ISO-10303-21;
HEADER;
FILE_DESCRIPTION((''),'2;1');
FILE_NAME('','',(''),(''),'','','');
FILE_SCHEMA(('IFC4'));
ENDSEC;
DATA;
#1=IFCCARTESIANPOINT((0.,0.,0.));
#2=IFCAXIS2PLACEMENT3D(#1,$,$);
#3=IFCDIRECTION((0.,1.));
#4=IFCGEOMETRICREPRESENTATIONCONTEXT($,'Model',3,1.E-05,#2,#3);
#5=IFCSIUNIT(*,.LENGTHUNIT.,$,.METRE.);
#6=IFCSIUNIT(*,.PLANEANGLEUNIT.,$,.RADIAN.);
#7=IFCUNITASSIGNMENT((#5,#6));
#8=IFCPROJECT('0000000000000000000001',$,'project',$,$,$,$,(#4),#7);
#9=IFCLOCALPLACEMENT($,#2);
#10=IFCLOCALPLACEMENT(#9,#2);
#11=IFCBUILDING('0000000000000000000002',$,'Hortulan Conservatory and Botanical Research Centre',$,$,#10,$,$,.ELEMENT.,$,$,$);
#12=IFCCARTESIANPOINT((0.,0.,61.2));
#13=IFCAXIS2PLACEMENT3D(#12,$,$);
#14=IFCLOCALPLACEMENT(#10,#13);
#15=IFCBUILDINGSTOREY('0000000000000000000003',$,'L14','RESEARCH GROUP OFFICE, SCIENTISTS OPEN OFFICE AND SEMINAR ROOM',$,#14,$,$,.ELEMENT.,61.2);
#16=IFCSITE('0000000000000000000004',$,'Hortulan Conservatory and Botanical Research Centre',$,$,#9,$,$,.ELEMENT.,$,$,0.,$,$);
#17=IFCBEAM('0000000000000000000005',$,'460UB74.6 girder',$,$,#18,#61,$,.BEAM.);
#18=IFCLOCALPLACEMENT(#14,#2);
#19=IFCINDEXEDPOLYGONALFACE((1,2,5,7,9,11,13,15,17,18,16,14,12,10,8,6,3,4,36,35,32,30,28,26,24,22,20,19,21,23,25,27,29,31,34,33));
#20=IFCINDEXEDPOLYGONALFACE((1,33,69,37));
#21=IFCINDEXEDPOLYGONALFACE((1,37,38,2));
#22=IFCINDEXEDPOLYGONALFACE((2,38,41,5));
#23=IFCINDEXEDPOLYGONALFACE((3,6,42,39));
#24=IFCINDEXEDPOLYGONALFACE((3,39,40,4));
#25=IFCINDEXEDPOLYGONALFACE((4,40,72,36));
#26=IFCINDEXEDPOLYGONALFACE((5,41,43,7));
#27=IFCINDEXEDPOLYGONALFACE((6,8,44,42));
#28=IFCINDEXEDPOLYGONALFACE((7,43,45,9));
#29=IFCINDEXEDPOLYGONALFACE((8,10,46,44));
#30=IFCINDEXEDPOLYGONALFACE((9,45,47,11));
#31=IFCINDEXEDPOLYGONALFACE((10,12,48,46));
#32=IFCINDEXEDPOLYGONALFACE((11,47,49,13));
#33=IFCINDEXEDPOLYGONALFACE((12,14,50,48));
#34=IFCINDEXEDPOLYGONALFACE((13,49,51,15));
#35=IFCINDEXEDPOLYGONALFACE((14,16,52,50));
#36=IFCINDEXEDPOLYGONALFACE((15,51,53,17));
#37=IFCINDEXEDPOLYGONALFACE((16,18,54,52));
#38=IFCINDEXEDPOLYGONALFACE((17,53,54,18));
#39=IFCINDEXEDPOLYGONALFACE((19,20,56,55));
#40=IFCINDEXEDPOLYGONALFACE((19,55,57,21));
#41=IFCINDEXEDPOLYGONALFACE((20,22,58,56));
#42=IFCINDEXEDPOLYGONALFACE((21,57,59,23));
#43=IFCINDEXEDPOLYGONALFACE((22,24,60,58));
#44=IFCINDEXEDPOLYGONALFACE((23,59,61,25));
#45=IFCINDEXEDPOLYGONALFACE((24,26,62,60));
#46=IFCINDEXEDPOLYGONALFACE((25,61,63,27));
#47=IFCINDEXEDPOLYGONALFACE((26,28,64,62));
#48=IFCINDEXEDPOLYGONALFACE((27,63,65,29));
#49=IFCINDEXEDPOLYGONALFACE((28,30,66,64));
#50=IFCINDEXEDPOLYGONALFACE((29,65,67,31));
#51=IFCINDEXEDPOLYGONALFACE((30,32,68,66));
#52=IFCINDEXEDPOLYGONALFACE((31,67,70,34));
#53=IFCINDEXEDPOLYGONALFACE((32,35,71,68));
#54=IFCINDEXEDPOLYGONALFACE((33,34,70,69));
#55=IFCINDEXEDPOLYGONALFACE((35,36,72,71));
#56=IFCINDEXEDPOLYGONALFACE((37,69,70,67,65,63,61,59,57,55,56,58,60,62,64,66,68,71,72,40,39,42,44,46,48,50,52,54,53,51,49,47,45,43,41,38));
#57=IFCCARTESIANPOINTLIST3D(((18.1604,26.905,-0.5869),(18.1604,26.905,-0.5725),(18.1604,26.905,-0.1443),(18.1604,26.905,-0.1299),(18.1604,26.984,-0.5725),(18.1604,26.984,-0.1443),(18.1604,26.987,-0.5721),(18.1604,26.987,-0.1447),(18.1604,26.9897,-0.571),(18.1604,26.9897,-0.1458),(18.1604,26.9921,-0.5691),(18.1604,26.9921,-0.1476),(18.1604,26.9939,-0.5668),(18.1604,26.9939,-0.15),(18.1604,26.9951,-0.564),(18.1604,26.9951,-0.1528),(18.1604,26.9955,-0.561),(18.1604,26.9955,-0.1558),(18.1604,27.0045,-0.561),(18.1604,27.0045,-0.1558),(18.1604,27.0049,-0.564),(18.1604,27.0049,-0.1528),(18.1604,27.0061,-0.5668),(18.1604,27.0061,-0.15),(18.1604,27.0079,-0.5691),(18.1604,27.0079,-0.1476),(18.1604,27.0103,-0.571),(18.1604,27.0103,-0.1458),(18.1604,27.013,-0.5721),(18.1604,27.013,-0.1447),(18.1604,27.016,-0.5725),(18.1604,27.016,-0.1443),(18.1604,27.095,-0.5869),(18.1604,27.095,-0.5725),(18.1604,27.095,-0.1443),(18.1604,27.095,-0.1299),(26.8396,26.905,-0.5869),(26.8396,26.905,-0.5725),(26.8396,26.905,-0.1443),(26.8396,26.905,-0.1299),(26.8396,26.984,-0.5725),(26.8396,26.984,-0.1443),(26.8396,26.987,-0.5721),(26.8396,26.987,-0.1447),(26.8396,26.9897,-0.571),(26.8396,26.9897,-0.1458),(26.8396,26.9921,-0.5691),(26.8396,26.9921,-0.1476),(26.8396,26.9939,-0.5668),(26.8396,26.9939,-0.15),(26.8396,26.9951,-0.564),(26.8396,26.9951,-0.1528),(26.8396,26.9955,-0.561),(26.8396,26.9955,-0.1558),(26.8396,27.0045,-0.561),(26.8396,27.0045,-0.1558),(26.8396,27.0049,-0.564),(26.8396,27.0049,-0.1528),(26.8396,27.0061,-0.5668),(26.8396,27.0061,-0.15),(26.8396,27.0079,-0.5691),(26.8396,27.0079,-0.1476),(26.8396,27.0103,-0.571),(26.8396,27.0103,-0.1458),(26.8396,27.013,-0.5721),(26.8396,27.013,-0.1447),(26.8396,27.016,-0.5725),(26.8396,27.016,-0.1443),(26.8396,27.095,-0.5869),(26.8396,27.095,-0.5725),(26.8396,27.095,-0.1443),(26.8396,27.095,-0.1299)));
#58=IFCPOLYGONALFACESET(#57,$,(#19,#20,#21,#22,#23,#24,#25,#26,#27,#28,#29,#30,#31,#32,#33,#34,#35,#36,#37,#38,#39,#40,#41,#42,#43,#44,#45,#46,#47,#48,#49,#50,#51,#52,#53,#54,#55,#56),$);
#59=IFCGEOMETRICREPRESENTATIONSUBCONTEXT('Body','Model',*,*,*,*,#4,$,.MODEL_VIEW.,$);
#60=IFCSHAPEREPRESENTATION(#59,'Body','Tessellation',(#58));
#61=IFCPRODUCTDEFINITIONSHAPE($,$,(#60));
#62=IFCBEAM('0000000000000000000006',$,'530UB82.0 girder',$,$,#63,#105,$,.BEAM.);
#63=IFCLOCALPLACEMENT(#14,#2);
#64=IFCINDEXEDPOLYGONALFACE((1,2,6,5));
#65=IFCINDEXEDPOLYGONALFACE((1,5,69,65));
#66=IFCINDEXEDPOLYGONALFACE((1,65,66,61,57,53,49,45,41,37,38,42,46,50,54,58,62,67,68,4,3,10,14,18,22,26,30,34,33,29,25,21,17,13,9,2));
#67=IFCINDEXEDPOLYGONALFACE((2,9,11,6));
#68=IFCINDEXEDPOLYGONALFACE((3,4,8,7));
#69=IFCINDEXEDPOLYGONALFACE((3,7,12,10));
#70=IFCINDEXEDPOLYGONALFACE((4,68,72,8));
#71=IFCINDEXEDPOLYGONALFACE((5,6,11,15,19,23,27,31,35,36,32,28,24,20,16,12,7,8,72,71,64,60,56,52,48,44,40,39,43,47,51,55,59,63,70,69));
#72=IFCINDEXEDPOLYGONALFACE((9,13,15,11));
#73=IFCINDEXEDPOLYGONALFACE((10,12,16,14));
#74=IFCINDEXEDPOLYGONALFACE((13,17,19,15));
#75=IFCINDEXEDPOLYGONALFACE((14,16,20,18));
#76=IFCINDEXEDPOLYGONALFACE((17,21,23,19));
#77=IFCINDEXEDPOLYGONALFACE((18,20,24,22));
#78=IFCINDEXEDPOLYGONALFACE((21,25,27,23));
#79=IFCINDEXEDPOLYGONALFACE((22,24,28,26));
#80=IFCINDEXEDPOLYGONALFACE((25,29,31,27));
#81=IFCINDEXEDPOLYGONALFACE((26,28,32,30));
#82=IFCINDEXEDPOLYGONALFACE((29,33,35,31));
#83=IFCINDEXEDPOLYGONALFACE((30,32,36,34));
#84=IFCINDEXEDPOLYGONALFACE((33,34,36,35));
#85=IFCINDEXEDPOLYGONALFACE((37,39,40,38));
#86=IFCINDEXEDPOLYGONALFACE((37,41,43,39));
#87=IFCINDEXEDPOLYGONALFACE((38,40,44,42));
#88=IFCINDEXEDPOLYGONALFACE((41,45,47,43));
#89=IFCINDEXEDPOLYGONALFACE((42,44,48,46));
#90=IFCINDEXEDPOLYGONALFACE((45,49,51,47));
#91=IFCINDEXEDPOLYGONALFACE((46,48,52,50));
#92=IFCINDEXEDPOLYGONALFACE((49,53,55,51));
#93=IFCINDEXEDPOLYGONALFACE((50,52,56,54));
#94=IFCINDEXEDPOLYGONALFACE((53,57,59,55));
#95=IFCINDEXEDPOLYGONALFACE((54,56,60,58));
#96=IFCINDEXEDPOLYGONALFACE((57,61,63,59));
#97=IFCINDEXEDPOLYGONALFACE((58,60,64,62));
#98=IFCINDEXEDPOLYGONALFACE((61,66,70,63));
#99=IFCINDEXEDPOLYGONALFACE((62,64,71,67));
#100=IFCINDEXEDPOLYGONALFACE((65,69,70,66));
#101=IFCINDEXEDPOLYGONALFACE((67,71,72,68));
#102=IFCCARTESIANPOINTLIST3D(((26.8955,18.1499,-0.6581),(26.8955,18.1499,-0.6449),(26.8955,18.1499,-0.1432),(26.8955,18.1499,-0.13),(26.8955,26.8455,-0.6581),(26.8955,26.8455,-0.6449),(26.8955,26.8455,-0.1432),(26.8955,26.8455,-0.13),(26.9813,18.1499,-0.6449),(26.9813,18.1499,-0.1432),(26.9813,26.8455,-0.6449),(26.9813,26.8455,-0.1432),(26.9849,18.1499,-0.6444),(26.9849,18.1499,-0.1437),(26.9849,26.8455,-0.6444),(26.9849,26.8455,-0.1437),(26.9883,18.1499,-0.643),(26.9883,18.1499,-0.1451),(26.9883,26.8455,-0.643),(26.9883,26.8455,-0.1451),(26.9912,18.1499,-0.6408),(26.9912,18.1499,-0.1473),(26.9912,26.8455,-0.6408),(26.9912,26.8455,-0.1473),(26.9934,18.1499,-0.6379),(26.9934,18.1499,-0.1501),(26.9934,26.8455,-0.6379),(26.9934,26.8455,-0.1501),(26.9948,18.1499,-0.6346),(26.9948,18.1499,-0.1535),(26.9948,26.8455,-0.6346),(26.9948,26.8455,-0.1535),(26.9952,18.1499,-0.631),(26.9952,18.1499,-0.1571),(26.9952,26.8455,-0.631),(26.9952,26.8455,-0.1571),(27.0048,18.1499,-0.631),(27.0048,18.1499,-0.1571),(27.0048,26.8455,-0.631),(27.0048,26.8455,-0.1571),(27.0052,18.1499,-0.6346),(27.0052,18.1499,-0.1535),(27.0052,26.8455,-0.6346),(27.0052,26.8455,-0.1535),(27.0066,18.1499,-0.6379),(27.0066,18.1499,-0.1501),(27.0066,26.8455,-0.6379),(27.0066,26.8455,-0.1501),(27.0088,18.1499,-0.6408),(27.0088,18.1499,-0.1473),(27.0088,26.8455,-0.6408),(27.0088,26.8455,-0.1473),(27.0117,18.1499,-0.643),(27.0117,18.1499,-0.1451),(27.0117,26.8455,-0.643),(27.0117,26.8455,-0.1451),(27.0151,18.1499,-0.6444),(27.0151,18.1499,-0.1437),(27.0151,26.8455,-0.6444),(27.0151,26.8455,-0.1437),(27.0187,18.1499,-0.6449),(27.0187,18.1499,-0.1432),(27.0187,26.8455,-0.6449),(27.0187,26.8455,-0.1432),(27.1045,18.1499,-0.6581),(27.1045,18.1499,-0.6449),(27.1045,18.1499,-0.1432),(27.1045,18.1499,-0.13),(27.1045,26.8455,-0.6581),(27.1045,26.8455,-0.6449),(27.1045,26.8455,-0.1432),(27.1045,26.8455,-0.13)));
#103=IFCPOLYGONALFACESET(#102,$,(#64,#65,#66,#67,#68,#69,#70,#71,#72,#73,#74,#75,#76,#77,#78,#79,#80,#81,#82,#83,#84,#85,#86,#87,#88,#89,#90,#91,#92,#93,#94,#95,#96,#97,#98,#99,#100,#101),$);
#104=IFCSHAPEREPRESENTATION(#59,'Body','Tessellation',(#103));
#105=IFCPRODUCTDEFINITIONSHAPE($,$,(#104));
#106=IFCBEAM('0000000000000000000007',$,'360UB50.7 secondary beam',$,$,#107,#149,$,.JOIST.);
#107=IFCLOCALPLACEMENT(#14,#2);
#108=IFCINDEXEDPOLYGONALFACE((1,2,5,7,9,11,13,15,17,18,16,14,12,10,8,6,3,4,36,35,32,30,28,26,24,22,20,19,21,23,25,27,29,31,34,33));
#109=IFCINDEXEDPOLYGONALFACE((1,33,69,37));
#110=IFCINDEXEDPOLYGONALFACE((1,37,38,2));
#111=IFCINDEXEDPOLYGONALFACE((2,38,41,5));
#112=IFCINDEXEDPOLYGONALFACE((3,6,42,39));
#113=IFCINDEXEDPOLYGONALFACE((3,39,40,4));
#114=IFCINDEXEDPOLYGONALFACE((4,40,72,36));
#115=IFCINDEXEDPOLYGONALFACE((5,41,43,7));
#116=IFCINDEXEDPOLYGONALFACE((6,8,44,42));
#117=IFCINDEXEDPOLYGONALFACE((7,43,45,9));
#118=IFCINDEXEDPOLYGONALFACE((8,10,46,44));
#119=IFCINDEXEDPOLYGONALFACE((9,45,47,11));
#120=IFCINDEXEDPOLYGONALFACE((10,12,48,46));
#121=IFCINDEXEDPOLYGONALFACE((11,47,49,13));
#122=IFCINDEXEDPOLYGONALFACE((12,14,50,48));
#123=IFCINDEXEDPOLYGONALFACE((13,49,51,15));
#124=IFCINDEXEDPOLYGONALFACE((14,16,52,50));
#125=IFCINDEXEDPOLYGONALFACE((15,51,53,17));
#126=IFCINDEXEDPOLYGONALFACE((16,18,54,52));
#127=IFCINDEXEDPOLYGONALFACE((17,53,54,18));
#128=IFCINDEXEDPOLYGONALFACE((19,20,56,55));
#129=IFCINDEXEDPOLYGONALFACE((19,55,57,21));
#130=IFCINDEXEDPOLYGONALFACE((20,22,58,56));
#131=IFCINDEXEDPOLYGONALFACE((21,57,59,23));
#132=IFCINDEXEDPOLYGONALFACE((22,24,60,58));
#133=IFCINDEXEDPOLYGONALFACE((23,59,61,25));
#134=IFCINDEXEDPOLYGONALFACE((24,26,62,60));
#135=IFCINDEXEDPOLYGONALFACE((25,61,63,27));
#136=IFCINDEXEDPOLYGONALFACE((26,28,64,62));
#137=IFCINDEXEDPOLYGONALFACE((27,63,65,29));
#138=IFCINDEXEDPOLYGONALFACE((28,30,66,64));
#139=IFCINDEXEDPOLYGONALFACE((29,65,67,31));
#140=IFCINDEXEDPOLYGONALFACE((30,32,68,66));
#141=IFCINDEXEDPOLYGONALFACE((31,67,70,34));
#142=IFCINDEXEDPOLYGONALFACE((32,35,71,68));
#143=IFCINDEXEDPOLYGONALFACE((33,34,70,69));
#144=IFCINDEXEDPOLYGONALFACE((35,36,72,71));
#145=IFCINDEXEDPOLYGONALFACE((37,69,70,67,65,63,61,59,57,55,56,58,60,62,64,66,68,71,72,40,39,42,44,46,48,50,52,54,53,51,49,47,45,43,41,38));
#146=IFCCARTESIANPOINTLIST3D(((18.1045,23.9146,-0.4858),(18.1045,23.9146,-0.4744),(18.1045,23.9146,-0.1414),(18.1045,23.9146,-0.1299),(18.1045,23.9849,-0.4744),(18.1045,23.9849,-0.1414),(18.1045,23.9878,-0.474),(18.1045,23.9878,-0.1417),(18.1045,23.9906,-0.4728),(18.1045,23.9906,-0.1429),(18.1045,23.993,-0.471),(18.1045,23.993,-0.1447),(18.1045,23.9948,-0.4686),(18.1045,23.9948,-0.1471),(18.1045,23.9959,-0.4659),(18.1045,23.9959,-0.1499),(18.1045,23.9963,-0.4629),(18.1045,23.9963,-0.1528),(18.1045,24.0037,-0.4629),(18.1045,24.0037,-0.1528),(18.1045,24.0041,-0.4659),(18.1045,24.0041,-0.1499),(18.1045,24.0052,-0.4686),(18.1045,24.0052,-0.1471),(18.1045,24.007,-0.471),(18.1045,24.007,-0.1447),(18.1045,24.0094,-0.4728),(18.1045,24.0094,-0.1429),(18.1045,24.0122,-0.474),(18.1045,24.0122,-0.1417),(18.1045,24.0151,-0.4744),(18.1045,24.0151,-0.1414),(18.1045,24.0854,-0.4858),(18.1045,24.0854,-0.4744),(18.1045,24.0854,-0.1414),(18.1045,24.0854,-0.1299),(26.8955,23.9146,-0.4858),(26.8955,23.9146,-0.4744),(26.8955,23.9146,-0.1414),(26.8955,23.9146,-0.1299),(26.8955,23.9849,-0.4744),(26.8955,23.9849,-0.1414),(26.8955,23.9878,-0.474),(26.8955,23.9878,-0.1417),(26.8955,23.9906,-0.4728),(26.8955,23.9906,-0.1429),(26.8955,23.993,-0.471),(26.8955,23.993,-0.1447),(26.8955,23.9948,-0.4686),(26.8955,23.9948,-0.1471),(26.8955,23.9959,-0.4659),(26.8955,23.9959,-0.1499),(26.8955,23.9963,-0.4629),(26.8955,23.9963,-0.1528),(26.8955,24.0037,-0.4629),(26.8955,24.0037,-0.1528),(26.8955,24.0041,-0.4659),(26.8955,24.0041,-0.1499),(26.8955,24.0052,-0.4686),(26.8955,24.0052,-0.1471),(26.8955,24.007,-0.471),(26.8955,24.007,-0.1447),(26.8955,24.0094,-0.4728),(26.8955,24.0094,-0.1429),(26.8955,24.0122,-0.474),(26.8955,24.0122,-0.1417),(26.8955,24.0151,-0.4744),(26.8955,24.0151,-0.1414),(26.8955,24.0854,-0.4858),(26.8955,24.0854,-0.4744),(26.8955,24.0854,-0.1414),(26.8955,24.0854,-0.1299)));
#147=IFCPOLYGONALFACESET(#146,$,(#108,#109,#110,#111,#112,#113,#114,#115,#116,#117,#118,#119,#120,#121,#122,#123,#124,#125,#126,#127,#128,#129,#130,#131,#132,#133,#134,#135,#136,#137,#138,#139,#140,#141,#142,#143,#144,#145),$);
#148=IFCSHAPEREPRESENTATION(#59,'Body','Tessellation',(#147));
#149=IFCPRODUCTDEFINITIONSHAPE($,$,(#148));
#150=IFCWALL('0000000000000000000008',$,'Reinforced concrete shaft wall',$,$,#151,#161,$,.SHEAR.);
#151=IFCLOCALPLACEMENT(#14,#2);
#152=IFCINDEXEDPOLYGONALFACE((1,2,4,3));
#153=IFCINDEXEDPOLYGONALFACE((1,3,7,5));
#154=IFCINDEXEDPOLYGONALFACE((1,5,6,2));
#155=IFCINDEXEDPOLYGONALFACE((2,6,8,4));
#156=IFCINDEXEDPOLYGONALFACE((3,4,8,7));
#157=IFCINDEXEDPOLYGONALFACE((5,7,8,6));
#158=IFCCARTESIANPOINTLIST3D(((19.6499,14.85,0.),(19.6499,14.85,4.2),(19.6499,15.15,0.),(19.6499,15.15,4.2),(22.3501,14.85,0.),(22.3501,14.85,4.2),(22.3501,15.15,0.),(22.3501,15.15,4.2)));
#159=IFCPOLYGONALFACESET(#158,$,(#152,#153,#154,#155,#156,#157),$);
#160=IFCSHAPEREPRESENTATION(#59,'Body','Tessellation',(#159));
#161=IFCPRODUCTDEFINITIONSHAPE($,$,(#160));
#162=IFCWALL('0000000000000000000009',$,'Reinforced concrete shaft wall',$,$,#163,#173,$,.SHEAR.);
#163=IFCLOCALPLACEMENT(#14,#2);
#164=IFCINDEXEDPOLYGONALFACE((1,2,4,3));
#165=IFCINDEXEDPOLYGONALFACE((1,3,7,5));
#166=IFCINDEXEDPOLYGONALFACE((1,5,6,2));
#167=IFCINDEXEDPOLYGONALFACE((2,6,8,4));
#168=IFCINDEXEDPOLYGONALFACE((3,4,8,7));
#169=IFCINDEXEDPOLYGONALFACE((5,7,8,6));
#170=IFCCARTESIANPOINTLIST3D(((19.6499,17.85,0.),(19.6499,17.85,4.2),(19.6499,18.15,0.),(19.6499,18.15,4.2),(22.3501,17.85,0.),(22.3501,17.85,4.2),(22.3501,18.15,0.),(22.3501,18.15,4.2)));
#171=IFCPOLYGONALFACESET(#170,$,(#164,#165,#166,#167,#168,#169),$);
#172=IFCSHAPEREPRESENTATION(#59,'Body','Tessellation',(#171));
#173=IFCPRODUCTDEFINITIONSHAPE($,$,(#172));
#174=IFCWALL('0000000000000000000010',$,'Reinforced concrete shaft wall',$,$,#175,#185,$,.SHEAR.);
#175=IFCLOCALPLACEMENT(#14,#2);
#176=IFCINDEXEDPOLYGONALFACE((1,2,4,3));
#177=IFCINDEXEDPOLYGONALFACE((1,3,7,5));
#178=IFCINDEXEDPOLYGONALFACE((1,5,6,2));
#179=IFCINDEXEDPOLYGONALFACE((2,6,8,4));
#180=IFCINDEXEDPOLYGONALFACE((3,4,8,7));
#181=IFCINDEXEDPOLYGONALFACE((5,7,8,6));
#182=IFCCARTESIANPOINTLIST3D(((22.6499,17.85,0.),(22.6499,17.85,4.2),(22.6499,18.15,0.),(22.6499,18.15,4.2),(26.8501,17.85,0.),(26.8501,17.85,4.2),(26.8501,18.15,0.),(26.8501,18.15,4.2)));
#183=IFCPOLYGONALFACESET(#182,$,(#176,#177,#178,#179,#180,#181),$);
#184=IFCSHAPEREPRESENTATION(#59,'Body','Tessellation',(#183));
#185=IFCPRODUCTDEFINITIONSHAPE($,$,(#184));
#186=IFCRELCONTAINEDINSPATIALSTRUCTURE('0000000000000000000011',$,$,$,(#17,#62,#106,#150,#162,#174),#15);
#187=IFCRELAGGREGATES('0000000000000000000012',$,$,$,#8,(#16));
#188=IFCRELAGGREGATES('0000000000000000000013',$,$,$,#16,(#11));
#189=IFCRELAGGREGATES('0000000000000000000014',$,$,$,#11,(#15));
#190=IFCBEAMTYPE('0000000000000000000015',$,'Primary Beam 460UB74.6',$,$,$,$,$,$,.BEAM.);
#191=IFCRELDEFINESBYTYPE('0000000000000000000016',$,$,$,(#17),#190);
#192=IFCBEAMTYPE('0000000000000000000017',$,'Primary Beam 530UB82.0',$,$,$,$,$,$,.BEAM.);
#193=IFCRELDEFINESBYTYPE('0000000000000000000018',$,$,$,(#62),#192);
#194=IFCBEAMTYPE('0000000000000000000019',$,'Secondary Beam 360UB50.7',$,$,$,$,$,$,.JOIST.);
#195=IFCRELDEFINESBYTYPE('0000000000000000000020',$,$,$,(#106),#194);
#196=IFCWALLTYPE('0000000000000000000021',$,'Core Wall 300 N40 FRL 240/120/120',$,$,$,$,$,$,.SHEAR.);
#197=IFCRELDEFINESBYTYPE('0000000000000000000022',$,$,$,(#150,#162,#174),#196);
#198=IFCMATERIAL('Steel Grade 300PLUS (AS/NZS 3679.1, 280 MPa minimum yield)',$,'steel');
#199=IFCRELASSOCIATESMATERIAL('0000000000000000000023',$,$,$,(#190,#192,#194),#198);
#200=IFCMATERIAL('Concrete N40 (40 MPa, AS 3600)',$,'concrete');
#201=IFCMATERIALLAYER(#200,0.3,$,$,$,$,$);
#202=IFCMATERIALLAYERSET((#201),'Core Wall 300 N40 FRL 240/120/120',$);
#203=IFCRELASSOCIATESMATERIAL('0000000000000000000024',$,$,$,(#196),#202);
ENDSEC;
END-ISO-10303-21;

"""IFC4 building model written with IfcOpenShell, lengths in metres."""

from ifc_helpers import new_model, si_unit, direction, frame, frame_2d, origin, origin_2d, place, context, subcontext, project, spatial, rectangle, i_section, extrude, material, layer, layer_set, material_profile, profile_set, type_object, element, save


model = new_model("IFC4")

# Units and contexts
model_context = context("Model", 3, precision=1e-05, world=origin(), true_north=direction((0.0, 1.0)))
body_context = subcontext(model_context, "Body", "Model", "MODEL_VIEW")
ifc_project = project(units=[si_unit("LENGTHUNIT", "METRE"), si_unit("PLANEANGLEUNIT", "RADIAN")], contexts=[model_context])

# Site, building, storey
site_placement = place(None, origin())
site = spatial("IfcSite", under=ifc_project, at=site_placement, Name="Hortulan Conservatory and Botanical Research Centre", CompositionType="ELEMENT", RefElevation=0.0)
building_placement = place(site_placement, origin())
building = spatial("IfcBuilding", under=site, at=building_placement, Name="Hortulan Conservatory and Botanical Research Centre", CompositionType="ELEMENT")
storey_placement = place(building_placement, frame((0.0, 0.0, 61.2)))
storey = spatial("IfcBuildingStorey", under=building, at=storey_placement, Name="L14", Description="RESEARCH GROUP OFFICE, SCIENTISTS OPEN OFFICE AND SEMINAR ROOM", CompositionType="ELEMENT", Elevation=61.2)

# Beams
ifc_material_1 = material(Name="Steel Grade 300PLUS (AS/NZS 3679.1, 280 MPa minimum yield)", Category="steel")
ifc_material_profile_1 = material_profile(ifc_material_1, i_section(OverallWidth=0.1899, OverallDepth=0.457, WebThickness=0.009, FlangeThickness=0.0144, FilletRadius=0.0115, at=origin_2d()), Name="460UB74.6")
ifc_profile_set_1 = profile_set([ifc_material_profile_1], Name="Steel Grade 300PLUS (AS/NZS 3679.1, 280 MPa minimum yield)")
beam_type_1 = type_object("IfcBeamType", Name="Primary Beam 460UB74.6", PredefinedType="BEAM", material=ifc_profile_set_1)
beam_1_placement = place(storey_placement, frame((18.1604, 27.0, -0.3584), z_axis=(1.0, 0.0, 0.0), x_axis=(0.0, 1.0, 0.0)))
element("IfcBeam", 1, at=beam_1_placement, inside=storey, type_object=beam_type_1, Name="460UB74.6 girder", PredefinedType="BEAM", context=body_context, shape_type="SweptSolid", body=[
    extrude(i_section(OverallWidth=0.1899, OverallDepth=0.457, WebThickness=0.009, FlangeThickness=0.0144, FilletRadius=0.0115, at=origin_2d()), origin(), (0.0, 0.0, 1.0), 8.6792),
])
ifc_material_profile_2 = material_profile(ifc_material_1, i_section(OverallWidth=0.209, OverallDepth=0.5281, WebThickness=0.0095, FlangeThickness=0.0132, FilletRadius=0.0139, at=origin_2d()), Name="530UB82.0")
ifc_profile_set_2 = profile_set([ifc_material_profile_2], Name="Steel Grade 300PLUS (AS/NZS 3679.1, 280 MPa minimum yield)")
beam_type_2 = type_object("IfcBeamType", Name="Primary Beam 530UB82.0", PredefinedType="BEAM", material=ifc_profile_set_2)
beam_2_placement = place(storey_placement, frame((27.0, 18.1499, -0.394), z_axis=(0.0, 1.0, 0.0), x_axis=(-1.0, 0.0, 0.0)))
element("IfcBeam", 2, at=beam_2_placement, inside=storey, type_object=beam_type_2, Name="530UB82.0 girder", PredefinedType="BEAM", context=body_context, shape_type="SweptSolid", body=[
    extrude(i_section(OverallWidth=0.209, OverallDepth=0.5281, WebThickness=0.0095, FlangeThickness=0.0132, FilletRadius=0.0139, at=origin_2d()), origin(), (0.0, 0.0, 1.0), 8.6956),
])
ifc_material_profile_3 = material_profile(ifc_material_1, i_section(OverallWidth=0.1709, OverallDepth=0.356, WebThickness=0.0073, FlangeThickness=0.0115, FilletRadius=0.0115, at=origin_2d()), Name="360UB50.7")
ifc_profile_set_3 = profile_set([ifc_material_profile_3], Name="Steel Grade 300PLUS (AS/NZS 3679.1, 280 MPa minimum yield)")
beam_type_3 = type_object("IfcBeamType", Name="Secondary Beam 360UB50.7", PredefinedType="JOIST", material=ifc_profile_set_3)
beam_3_placement = place(storey_placement, frame((18.1045, 24.0, -0.3079), z_axis=(1.0, 0.0, 0.0), x_axis=(0.0, 1.0, 0.0)))
element("IfcBeam", 3, at=beam_3_placement, inside=storey, type_object=beam_type_3, Name="360UB50.7 secondary beam", PredefinedType="JOIST", context=body_context, shape_type="SweptSolid", body=[
    extrude(i_section(OverallWidth=0.1709, OverallDepth=0.356, WebThickness=0.0073, FlangeThickness=0.0115, FilletRadius=0.0115, at=origin_2d()), origin(), (0.0, 0.0, 1.0), 8.791),
])

# Walls
ifc_material_2 = material(Name="Concrete N40 (40 MPa, AS 3600)", Category="concrete")
ifc_layer_1 = layer(ifc_material_2, 0.3)
ifc_layer_set_1 = layer_set([ifc_layer_1], Name="Core Wall 300 N40 FRL 240/120/120")
wall_type_1 = type_object("IfcWallType", Name="Core Wall 300 N40 FRL 240/120/120", PredefinedType="SHEAR", material=ifc_layer_set_1)
for number, where, z_axis, x_axis, name in (
    (4, (19.6499, 15.0, 0.0), (0.0, 0.0, 1.0), (1.0, 0.0, 0.0), "Reinforced concrete shaft wall"),
    (5, (19.6499, 18.0, 0.0), (0.0, 0.0, 1.0), (1.0, 0.0, 0.0), "Reinforced concrete shaft wall"),
):
    element("IfcWall", number, at=place(storey_placement, frame(where, z_axis=z_axis, x_axis=x_axis)), inside=storey, type_object=wall_type_1, Name=name, PredefinedType="SHEAR", context=body_context, shape_type="SweptSolid", body=[
        extrude(rectangle(XDim=2.7002, YDim=0.3, at=frame_2d((1.3501, 0.0))), origin(), (0.0, 0.0, 1.0), 4.2),
    ])
wall_1_placement = place(storey_placement, frame((22.6499, 18.0, 0.0), z_axis=(0.0, 0.0, 1.0), x_axis=(1.0, 0.0, 0.0)))
element("IfcWall", 6, at=wall_1_placement, inside=storey, type_object=wall_type_1, Name="Reinforced concrete shaft wall", PredefinedType="SHEAR", context=body_context, shape_type="SweptSolid", body=[
    extrude(rectangle(XDim=4.2002, YDim=0.3, at=frame_2d((2.1001, 0.0))), origin(), (0.0, 0.0, 1.0), 4.2),
])

save(model, "model.ifc")
